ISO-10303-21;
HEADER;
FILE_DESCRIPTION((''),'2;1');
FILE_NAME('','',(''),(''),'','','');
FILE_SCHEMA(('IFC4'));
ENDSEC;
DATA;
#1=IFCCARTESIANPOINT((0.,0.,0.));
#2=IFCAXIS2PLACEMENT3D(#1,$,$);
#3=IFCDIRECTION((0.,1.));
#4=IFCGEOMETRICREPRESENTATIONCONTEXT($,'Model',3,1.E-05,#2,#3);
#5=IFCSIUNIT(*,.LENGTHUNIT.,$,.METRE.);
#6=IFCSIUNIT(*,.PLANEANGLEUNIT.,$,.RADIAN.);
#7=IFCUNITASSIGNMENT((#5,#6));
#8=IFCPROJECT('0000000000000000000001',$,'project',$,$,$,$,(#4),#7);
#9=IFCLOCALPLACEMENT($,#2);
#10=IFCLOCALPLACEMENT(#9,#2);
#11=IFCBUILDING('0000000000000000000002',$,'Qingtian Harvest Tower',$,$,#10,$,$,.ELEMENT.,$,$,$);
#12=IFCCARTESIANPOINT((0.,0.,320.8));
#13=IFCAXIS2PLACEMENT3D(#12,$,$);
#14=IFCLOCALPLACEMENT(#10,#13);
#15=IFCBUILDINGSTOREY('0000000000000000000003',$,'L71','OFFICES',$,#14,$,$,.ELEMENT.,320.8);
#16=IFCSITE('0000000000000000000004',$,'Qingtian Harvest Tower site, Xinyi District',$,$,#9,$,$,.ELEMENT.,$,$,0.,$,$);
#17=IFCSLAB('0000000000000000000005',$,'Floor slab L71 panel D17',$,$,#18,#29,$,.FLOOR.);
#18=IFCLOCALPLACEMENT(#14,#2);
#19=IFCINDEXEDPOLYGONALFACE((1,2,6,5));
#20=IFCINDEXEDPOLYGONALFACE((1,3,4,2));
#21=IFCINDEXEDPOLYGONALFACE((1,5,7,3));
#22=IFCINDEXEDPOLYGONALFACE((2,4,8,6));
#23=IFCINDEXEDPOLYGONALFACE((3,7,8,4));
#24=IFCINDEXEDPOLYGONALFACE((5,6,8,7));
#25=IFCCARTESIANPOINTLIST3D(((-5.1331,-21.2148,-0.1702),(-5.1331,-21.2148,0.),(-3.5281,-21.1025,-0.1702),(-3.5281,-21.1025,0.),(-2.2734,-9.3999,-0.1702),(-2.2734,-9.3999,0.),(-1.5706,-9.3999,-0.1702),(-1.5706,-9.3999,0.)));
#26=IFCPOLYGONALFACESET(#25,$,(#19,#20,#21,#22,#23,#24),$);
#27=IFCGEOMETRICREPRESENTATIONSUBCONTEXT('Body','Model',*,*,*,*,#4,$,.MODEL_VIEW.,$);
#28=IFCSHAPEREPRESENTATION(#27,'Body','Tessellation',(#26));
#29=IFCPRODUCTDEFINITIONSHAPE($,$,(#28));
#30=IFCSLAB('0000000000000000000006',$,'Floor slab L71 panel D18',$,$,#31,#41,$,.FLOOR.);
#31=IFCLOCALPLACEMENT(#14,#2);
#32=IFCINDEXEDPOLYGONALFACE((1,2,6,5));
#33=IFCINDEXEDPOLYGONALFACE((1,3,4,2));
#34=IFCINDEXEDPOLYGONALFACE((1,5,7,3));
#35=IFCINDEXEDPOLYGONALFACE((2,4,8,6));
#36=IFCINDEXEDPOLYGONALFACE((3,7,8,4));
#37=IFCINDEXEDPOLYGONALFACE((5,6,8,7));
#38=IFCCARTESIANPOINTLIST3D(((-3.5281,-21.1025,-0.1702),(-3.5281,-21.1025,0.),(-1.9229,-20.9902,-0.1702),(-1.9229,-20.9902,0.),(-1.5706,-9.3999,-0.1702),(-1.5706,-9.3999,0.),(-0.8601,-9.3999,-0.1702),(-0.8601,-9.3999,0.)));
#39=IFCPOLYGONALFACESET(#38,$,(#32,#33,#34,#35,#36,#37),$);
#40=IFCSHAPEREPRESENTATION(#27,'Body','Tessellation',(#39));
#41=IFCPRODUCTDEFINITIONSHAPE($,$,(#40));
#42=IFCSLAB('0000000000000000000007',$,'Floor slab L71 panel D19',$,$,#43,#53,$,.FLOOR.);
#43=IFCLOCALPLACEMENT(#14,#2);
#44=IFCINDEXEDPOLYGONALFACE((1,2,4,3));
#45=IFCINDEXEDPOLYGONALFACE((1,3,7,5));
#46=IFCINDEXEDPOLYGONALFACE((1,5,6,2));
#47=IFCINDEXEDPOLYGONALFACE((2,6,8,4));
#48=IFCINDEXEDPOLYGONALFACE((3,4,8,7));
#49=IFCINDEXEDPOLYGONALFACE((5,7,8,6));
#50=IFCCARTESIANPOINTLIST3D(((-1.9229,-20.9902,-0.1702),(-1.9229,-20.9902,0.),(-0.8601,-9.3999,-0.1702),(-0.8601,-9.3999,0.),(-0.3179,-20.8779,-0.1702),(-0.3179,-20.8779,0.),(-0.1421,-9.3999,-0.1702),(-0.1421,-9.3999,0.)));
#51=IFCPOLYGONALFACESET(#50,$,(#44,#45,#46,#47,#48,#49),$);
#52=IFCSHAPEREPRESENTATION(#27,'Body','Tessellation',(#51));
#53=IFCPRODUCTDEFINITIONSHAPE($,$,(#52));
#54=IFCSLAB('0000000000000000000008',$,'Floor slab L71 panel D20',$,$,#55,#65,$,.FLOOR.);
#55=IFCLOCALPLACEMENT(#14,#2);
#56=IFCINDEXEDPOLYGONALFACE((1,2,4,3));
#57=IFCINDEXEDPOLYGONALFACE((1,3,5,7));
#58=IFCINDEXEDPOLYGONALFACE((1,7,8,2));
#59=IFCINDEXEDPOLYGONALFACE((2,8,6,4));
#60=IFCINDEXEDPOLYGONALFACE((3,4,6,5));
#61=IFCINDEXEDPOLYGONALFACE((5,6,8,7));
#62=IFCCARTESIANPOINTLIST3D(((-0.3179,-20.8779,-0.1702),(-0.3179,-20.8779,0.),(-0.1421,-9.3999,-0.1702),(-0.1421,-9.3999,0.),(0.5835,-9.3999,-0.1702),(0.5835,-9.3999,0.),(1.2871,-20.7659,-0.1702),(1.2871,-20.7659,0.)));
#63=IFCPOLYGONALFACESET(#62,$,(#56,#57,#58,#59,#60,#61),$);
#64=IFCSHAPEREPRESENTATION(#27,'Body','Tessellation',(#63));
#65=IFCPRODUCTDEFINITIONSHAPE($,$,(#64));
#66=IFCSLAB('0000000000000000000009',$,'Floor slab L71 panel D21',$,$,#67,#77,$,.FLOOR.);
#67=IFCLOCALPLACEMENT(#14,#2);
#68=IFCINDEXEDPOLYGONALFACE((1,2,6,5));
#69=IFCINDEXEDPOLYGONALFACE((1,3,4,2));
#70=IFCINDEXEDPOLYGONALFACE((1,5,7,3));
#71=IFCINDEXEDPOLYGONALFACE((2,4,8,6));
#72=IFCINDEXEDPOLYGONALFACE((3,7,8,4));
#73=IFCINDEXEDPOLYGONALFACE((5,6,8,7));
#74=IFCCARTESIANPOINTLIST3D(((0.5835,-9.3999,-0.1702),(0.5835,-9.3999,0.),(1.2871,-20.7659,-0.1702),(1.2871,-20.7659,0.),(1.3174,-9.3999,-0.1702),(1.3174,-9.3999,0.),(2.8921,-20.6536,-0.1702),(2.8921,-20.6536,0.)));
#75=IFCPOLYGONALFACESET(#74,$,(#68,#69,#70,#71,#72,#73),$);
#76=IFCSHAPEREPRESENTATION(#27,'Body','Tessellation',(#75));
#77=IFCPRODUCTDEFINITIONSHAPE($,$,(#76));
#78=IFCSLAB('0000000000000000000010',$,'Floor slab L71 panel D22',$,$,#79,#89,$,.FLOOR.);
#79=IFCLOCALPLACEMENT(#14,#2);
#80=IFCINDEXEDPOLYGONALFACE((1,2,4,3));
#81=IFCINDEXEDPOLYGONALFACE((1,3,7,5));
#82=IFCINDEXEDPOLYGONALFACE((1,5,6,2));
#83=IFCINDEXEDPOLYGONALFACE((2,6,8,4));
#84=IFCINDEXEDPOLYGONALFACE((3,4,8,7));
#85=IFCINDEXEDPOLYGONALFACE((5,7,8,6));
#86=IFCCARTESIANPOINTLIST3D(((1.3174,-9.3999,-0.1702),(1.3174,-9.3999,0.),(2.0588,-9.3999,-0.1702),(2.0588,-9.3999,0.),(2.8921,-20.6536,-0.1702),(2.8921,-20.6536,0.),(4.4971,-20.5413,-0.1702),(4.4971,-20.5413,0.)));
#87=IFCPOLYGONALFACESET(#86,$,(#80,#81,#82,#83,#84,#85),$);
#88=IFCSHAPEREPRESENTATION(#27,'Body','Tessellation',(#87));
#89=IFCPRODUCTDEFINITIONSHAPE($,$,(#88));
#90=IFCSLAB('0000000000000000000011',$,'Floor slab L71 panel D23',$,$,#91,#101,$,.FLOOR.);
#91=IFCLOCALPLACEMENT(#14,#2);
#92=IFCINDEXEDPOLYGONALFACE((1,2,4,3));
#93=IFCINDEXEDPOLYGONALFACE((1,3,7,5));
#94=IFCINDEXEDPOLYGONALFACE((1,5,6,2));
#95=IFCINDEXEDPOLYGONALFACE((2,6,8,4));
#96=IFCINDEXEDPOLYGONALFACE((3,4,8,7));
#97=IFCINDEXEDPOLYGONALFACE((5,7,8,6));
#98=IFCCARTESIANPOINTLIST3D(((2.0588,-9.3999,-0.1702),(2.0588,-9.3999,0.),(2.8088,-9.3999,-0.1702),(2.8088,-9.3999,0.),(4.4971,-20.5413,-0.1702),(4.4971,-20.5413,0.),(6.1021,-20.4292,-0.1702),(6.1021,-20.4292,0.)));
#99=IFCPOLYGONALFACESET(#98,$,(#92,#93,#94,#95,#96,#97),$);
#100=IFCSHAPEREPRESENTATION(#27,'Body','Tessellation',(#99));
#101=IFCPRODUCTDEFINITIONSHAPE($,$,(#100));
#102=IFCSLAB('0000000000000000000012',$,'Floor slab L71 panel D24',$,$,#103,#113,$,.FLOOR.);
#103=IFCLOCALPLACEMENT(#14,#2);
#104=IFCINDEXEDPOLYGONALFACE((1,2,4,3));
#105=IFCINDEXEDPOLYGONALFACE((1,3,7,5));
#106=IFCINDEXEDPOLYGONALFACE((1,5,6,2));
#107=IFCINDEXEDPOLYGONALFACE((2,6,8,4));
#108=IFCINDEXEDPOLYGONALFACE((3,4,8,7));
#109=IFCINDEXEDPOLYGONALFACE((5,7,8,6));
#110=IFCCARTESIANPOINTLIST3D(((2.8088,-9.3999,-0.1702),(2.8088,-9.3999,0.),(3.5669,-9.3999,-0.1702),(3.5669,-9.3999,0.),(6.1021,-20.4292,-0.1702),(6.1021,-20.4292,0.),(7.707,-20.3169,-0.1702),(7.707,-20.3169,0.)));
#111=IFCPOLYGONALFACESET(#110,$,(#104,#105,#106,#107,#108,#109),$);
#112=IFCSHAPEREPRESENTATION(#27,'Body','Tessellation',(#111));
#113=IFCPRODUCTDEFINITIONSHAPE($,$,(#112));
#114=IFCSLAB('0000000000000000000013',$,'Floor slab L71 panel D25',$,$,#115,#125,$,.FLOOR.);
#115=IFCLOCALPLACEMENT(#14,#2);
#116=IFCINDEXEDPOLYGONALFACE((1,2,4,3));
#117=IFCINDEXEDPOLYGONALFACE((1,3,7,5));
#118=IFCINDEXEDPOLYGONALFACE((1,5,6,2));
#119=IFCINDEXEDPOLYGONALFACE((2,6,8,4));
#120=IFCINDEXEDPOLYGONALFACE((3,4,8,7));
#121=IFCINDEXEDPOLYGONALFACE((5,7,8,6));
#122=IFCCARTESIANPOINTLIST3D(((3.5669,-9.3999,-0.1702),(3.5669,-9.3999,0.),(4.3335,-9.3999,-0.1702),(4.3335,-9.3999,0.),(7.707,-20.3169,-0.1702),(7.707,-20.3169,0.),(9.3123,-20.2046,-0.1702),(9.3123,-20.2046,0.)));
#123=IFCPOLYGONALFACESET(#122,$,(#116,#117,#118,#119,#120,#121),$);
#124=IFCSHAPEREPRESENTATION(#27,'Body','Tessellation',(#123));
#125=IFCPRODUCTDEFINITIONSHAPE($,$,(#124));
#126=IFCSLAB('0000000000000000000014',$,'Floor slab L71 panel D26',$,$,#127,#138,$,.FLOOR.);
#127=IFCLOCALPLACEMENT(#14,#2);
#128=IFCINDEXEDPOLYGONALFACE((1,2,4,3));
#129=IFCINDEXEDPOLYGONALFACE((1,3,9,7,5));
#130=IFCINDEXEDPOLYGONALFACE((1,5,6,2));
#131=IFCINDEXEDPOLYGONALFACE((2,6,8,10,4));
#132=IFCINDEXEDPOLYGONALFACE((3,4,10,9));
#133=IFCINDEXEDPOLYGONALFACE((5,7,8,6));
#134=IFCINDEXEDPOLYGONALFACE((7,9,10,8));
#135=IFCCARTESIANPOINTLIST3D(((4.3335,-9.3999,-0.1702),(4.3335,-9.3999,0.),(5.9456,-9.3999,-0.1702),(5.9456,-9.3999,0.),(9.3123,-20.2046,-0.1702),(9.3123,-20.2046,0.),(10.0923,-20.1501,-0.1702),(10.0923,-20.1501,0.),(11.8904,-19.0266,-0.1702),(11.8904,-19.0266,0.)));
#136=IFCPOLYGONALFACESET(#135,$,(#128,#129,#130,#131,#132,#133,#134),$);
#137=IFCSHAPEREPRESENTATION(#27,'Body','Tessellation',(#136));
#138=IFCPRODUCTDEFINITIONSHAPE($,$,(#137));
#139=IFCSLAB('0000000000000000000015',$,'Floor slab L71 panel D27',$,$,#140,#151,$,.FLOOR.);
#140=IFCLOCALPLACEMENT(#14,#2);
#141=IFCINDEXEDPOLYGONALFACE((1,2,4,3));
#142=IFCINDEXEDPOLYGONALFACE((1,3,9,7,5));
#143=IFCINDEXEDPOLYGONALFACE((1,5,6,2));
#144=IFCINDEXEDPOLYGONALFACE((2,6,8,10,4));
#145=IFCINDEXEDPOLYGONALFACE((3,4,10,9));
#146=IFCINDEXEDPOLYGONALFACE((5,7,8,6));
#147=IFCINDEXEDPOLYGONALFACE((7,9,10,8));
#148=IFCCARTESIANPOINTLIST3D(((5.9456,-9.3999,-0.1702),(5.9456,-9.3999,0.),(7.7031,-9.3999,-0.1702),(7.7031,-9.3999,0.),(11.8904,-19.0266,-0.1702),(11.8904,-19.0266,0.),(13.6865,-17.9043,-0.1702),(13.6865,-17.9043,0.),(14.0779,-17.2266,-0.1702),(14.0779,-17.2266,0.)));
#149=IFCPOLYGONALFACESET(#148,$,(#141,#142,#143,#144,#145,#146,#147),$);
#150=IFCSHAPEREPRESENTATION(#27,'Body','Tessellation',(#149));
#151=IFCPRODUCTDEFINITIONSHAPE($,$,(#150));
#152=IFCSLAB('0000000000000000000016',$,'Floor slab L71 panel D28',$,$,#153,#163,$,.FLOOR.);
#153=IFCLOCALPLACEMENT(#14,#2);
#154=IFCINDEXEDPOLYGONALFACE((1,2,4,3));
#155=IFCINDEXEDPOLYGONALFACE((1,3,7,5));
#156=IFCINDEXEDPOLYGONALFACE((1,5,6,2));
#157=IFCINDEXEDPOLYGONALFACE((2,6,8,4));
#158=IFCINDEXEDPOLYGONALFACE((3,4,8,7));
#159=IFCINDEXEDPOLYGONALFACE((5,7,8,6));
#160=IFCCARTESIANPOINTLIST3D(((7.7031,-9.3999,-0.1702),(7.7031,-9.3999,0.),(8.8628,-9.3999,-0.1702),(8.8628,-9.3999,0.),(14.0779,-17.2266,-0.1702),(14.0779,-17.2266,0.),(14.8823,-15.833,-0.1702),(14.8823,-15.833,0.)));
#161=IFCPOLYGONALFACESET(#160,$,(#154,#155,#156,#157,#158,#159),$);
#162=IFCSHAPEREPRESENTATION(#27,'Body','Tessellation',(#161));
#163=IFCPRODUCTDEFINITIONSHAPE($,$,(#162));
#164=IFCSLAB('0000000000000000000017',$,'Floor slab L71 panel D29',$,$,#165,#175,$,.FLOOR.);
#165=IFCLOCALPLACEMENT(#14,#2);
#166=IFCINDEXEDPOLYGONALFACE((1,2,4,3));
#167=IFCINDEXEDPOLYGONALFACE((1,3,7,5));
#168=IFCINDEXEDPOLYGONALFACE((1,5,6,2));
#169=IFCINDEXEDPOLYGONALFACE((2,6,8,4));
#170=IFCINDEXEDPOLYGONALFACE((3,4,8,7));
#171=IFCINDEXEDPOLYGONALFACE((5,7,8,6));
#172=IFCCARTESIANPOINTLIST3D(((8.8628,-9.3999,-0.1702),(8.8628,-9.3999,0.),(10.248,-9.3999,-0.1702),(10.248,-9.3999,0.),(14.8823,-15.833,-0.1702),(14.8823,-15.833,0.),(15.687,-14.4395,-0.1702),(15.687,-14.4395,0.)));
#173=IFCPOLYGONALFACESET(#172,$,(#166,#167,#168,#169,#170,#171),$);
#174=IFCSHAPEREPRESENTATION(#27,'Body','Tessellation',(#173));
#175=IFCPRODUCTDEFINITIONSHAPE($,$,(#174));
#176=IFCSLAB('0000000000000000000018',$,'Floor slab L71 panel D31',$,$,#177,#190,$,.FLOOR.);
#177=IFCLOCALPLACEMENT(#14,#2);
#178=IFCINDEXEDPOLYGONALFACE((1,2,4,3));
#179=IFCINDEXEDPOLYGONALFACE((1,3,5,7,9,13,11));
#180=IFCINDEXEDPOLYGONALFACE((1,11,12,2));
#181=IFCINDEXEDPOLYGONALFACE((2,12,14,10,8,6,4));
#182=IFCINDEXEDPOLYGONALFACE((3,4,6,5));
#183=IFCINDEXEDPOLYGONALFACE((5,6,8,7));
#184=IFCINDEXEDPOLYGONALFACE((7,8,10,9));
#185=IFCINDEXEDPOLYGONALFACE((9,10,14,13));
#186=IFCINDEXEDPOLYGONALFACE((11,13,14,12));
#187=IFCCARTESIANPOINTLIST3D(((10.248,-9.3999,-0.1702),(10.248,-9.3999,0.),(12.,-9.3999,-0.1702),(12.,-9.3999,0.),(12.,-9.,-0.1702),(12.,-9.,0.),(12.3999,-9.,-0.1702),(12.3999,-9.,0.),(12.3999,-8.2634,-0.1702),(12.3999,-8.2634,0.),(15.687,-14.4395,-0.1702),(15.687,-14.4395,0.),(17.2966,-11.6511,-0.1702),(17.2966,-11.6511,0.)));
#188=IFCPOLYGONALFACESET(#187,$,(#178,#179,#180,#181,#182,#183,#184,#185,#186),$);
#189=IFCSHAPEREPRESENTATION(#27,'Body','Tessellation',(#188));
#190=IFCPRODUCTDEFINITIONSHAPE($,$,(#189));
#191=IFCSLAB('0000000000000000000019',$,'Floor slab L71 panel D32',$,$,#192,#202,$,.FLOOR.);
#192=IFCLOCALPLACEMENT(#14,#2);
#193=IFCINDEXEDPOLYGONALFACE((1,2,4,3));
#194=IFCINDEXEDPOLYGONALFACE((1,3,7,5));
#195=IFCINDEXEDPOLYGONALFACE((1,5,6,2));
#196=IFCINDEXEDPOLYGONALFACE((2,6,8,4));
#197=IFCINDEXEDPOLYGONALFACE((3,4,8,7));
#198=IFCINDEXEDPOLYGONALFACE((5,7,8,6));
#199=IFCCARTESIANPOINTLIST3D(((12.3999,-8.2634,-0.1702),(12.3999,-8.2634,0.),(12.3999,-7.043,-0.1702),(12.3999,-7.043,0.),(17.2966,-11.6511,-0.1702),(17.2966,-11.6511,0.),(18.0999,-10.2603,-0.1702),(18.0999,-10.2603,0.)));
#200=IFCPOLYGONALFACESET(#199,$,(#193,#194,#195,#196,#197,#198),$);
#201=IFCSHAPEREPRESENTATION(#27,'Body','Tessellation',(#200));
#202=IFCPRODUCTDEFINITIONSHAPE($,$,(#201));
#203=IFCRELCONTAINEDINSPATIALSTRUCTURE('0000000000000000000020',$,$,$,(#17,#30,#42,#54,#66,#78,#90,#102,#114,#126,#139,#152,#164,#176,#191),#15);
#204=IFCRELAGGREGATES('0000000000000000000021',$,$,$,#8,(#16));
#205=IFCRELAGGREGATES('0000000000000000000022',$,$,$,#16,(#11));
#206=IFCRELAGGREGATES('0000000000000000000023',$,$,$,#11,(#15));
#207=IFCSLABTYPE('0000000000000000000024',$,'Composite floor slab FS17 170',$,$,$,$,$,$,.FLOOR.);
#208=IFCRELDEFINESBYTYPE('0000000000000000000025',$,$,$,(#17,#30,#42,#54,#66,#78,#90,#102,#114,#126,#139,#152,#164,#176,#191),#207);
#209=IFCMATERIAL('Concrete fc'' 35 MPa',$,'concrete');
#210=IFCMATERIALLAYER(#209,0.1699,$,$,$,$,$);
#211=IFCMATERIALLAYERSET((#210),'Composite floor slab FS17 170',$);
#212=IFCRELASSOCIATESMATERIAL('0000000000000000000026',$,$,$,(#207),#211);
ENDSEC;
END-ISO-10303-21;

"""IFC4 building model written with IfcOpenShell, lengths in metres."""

from ifc_helpers import new_model, si_unit, direction, frame, origin, place, context, subcontext, project, spatial, polyline, outline, extrude, material, layer, layer_set, type_object, element, save


model = new_model("IFC4")

# Units and contexts
model_context = context("Model", 3, precision=1e-05, world=origin(), true_north=direction((0.0, 1.0)))
body_context = subcontext(model_context, "Body", "Model", "MODEL_VIEW")
ifc_project = project(units=[si_unit("LENGTHUNIT", "METRE"), si_unit("PLANEANGLEUNIT", "RADIAN")], contexts=[model_context])

# Site, building, storey
site_placement = place(None, origin())
site = spatial("IfcSite", under=ifc_project, at=site_placement, Name="Qingtian Harvest Tower site, Xinyi District", CompositionType="ELEMENT", RefElevation=0.0)
building_placement = place(site_placement, origin())
building = spatial("IfcBuilding", under=site, at=building_placement, Name="Qingtian Harvest Tower", CompositionType="ELEMENT")
storey_placement = place(building_placement, frame((0.0, 0.0, 320.8)))
storey = spatial("IfcBuildingStorey", under=building, at=storey_placement, Name="L71", Description="OFFICES", CompositionType="ELEMENT", Elevation=320.8)

# Slabs
ifc_material = material(Name="Concrete fc' 35 MPa", Category="concrete")
ifc_layer = layer(ifc_material, 0.1699)
ifc_layer_set = layer_set([ifc_layer], Name="Composite floor slab FS17 170")
slab_type = type_object("IfcSlabType", Name="Composite floor slab FS17 170", PredefinedType="FLOOR", material=ifc_layer_set)
slab_1_placement = place(storey_placement, frame((0.0, 0.0, -0.1702)))
element("IfcSlab", 1, at=slab_1_placement, inside=storey, type_object=slab_type, Name="Floor slab L71 panel D17", PredefinedType="FLOOR", context=body_context, shape_type="SweptSolid", body=[
    extrude(outline(polyline([(-1.5706, -9.3999), (-3.5281, -21.1025), (-5.1331, -21.2148), (-2.2734, -9.3999), (-1.5706, -9.3999)])), origin(), (0.0, 0.0, 1.0), 0.1702),
])
slab_2_placement = place(storey_placement, frame((0.0, 0.0, -0.1702)))
element("IfcSlab", 2, at=slab_2_placement, inside=storey, type_object=slab_type, Name="Floor slab L71 panel D18", PredefinedType="FLOOR", context=body_context, shape_type="SweptSolid", body=[
    extrude(outline(polyline([(-0.8601, -9.3999), (-1.9229, -20.9902), (-3.5281, -21.1025), (-1.5706, -9.3999), (-0.8601, -9.3999)])), origin(), (0.0, 0.0, 1.0), 0.1702),
])
slab_3_placement = place(storey_placement, frame((0.0, 0.0, -0.1702)))
element("IfcSlab", 3, at=slab_3_placement, inside=storey, type_object=slab_type, Name="Floor slab L71 panel D19", PredefinedType="FLOOR", context=body_context, shape_type="SweptSolid", body=[
    extrude(outline(polyline([(-0.1421, -9.3999), (-0.3179, -20.8779), (-1.9229, -20.9902), (-0.8601, -9.3999), (-0.1421, -9.3999)])), origin(), (0.0, 0.0, 1.0), 0.1702),
])
slab_4_placement = place(storey_placement, frame((0.0, 0.0, -0.1702)))
element("IfcSlab", 4, at=slab_4_placement, inside=storey, type_object=slab_type, Name="Floor slab L71 panel D20", PredefinedType="FLOOR", context=body_context, shape_type="SweptSolid", body=[
    extrude(outline(polyline([(0.5835, -9.3999), (1.2871, -20.7659), (-0.3179, -20.8779), (-0.1421, -9.3999), (0.5835, -9.3999)])), origin(), (0.0, 0.0, 1.0), 0.1702),
])
slab_5_placement = place(storey_placement, frame((0.0, 0.0, -0.1702)))
element("IfcSlab", 5, at=slab_5_placement, inside=storey, type_object=slab_type, Name="Floor slab L71 panel D21", PredefinedType="FLOOR", context=body_context, shape_type="SweptSolid", body=[
    extrude(outline(polyline([(1.3174, -9.3999), (2.8921, -20.6536), (1.2871, -20.7659), (0.5835, -9.3999), (1.3174, -9.3999)])), origin(), (0.0, 0.0, 1.0), 0.1702),
])
slab_6_placement = place(storey_placement, frame((0.0, 0.0, -0.1702)))
element("IfcSlab", 6, at=slab_6_placement, inside=storey, type_object=slab_type, Name="Floor slab L71 panel D22", PredefinedType="FLOOR", context=body_context, shape_type="SweptSolid", body=[
    extrude(outline(polyline([(2.0588, -9.3999), (4.4971, -20.5413), (2.8921, -20.6536), (1.3174, -9.3999), (2.0588, -9.3999)])), origin(), (0.0, 0.0, 1.0), 0.1702),
])
slab_7_placement = place(storey_placement, frame((0.0, 0.0, -0.1702)))
element("IfcSlab", 7, at=slab_7_placement, inside=storey, type_object=slab_type, Name="Floor slab L71 panel D23", PredefinedType="FLOOR", context=body_context, shape_type="SweptSolid", body=[
    extrude(outline(polyline([(2.8088, -9.3999), (6.1021, -20.4292), (4.4971, -20.5413), (2.0588, -9.3999), (2.8088, -9.3999)])), origin(), (0.0, 0.0, 1.0), 0.1702),
])
slab_8_placement = place(storey_placement, frame((0.0, 0.0, -0.1702)))
element("IfcSlab", 8, at=slab_8_placement, inside=storey, type_object=slab_type, Name="Floor slab L71 panel D24", PredefinedType="FLOOR", context=body_context, shape_type="SweptSolid", body=[
    extrude(outline(polyline([(3.5669, -9.3999), (7.707, -20.3169), (6.1021, -20.4292), (2.8088, -9.3999), (3.5669, -9.3999)])), origin(), (0.0, 0.0, 1.0), 0.1702),
])
slab_9_placement = place(storey_placement, frame((0.0, 0.0, -0.1702)))
element("IfcSlab", 9, at=slab_9_placement, inside=storey, type_object=slab_type, Name="Floor slab L71 panel D25", PredefinedType="FLOOR", context=body_context, shape_type="SweptSolid", body=[
    extrude(outline(polyline([(4.3335, -9.3999), (9.3123, -20.2046), (7.707, -20.3169), (3.5669, -9.3999), (4.3335, -9.3999)])), origin(), (0.0, 0.0, 1.0), 0.1702),
])
slab_10_placement = place(storey_placement, frame((0.0, 0.0, -0.1702)))
element("IfcSlab", 10, at=slab_10_placement, inside=storey, type_object=slab_type, Name="Floor slab L71 panel D26", PredefinedType="FLOOR", context=body_context, shape_type="SweptSolid", body=[
    extrude(outline(polyline([(4.3335, -9.3999), (5.9456, -9.3999), (11.8904, -19.0266), (10.0923, -20.1501), (9.3123, -20.2046), (4.3335, -9.3999)])), origin(), (0.0, 0.0, 1.0), 0.1702),
])
slab_11_placement = place(storey_placement, frame((0.0, 0.0, -0.1702)))
element("IfcSlab", 11, at=slab_11_placement, inside=storey, type_object=slab_type, Name="Floor slab L71 panel D27", PredefinedType="FLOOR", context=body_context, shape_type="SweptSolid", body=[
    extrude(outline(polyline([(5.9456, -9.3999), (7.7031, -9.3999), (14.0779, -17.2266), (13.6865, -17.9043), (11.8904, -19.0266), (5.9456, -9.3999)])), origin(), (0.0, 0.0, 1.0), 0.1702),
])
slab_12_placement = place(storey_placement, frame((0.0, 0.0, -0.1702)))
element("IfcSlab", 12, at=slab_12_placement, inside=storey, type_object=slab_type, Name="Floor slab L71 panel D28", PredefinedType="FLOOR", context=body_context, shape_type="SweptSolid", body=[
    extrude(outline(polyline([(8.8628, -9.3999), (14.8823, -15.833), (14.0779, -17.2266), (7.7031, -9.3999), (8.8628, -9.3999)])), origin(), (0.0, 0.0, 1.0), 0.1702),
])
slab_13_placement = place(storey_placement, frame((0.0, 0.0, -0.1702)))
element("IfcSlab", 13, at=slab_13_placement, inside=storey, type_object=slab_type, Name="Floor slab L71 panel D29", PredefinedType="FLOOR", context=body_context, shape_type="SweptSolid", body=[
    extrude(outline(polyline([(10.248, -9.3999), (15.687, -14.4395), (14.8823, -15.833), (8.8628, -9.3999), (10.248, -9.3999)])), origin(), (0.0, 0.0, 1.0), 0.1702),
])
slab_14_placement = place(storey_placement, frame((0.0, 0.0, -0.1702)))
element("IfcSlab", 14, at=slab_14_placement, inside=storey, type_object=slab_type, Name="Floor slab L71 panel D31", PredefinedType="FLOOR", context=body_context, shape_type="SweptSolid", body=[
    extrude(outline(polyline([(12.3999, -8.2634), (17.2966, -11.6511), (15.687, -14.4395), (10.248, -9.3999), (12.0, -9.3999), (12.0, -9.0), (12.3999, -9.0), (12.3999, -8.2634)])), origin(), (0.0, 0.0, 1.0), 0.1702),
])
slab_15_placement = place(storey_placement, frame((0.0, 0.0, -0.1702)))
element("IfcSlab", 15, at=slab_15_placement, inside=storey, type_object=slab_type, Name="Floor slab L71 panel D32", PredefinedType="FLOOR", context=body_context, shape_type="SweptSolid", body=[
    extrude(outline(polyline([(12.3999, -7.043), (18.0999, -10.2603), (17.2966, -11.6511), (12.3999, -8.2634), (12.3999, -7.043)])), origin(), (0.0, 0.0, 1.0), 0.1702),
])

save(model, "model.ifc")
